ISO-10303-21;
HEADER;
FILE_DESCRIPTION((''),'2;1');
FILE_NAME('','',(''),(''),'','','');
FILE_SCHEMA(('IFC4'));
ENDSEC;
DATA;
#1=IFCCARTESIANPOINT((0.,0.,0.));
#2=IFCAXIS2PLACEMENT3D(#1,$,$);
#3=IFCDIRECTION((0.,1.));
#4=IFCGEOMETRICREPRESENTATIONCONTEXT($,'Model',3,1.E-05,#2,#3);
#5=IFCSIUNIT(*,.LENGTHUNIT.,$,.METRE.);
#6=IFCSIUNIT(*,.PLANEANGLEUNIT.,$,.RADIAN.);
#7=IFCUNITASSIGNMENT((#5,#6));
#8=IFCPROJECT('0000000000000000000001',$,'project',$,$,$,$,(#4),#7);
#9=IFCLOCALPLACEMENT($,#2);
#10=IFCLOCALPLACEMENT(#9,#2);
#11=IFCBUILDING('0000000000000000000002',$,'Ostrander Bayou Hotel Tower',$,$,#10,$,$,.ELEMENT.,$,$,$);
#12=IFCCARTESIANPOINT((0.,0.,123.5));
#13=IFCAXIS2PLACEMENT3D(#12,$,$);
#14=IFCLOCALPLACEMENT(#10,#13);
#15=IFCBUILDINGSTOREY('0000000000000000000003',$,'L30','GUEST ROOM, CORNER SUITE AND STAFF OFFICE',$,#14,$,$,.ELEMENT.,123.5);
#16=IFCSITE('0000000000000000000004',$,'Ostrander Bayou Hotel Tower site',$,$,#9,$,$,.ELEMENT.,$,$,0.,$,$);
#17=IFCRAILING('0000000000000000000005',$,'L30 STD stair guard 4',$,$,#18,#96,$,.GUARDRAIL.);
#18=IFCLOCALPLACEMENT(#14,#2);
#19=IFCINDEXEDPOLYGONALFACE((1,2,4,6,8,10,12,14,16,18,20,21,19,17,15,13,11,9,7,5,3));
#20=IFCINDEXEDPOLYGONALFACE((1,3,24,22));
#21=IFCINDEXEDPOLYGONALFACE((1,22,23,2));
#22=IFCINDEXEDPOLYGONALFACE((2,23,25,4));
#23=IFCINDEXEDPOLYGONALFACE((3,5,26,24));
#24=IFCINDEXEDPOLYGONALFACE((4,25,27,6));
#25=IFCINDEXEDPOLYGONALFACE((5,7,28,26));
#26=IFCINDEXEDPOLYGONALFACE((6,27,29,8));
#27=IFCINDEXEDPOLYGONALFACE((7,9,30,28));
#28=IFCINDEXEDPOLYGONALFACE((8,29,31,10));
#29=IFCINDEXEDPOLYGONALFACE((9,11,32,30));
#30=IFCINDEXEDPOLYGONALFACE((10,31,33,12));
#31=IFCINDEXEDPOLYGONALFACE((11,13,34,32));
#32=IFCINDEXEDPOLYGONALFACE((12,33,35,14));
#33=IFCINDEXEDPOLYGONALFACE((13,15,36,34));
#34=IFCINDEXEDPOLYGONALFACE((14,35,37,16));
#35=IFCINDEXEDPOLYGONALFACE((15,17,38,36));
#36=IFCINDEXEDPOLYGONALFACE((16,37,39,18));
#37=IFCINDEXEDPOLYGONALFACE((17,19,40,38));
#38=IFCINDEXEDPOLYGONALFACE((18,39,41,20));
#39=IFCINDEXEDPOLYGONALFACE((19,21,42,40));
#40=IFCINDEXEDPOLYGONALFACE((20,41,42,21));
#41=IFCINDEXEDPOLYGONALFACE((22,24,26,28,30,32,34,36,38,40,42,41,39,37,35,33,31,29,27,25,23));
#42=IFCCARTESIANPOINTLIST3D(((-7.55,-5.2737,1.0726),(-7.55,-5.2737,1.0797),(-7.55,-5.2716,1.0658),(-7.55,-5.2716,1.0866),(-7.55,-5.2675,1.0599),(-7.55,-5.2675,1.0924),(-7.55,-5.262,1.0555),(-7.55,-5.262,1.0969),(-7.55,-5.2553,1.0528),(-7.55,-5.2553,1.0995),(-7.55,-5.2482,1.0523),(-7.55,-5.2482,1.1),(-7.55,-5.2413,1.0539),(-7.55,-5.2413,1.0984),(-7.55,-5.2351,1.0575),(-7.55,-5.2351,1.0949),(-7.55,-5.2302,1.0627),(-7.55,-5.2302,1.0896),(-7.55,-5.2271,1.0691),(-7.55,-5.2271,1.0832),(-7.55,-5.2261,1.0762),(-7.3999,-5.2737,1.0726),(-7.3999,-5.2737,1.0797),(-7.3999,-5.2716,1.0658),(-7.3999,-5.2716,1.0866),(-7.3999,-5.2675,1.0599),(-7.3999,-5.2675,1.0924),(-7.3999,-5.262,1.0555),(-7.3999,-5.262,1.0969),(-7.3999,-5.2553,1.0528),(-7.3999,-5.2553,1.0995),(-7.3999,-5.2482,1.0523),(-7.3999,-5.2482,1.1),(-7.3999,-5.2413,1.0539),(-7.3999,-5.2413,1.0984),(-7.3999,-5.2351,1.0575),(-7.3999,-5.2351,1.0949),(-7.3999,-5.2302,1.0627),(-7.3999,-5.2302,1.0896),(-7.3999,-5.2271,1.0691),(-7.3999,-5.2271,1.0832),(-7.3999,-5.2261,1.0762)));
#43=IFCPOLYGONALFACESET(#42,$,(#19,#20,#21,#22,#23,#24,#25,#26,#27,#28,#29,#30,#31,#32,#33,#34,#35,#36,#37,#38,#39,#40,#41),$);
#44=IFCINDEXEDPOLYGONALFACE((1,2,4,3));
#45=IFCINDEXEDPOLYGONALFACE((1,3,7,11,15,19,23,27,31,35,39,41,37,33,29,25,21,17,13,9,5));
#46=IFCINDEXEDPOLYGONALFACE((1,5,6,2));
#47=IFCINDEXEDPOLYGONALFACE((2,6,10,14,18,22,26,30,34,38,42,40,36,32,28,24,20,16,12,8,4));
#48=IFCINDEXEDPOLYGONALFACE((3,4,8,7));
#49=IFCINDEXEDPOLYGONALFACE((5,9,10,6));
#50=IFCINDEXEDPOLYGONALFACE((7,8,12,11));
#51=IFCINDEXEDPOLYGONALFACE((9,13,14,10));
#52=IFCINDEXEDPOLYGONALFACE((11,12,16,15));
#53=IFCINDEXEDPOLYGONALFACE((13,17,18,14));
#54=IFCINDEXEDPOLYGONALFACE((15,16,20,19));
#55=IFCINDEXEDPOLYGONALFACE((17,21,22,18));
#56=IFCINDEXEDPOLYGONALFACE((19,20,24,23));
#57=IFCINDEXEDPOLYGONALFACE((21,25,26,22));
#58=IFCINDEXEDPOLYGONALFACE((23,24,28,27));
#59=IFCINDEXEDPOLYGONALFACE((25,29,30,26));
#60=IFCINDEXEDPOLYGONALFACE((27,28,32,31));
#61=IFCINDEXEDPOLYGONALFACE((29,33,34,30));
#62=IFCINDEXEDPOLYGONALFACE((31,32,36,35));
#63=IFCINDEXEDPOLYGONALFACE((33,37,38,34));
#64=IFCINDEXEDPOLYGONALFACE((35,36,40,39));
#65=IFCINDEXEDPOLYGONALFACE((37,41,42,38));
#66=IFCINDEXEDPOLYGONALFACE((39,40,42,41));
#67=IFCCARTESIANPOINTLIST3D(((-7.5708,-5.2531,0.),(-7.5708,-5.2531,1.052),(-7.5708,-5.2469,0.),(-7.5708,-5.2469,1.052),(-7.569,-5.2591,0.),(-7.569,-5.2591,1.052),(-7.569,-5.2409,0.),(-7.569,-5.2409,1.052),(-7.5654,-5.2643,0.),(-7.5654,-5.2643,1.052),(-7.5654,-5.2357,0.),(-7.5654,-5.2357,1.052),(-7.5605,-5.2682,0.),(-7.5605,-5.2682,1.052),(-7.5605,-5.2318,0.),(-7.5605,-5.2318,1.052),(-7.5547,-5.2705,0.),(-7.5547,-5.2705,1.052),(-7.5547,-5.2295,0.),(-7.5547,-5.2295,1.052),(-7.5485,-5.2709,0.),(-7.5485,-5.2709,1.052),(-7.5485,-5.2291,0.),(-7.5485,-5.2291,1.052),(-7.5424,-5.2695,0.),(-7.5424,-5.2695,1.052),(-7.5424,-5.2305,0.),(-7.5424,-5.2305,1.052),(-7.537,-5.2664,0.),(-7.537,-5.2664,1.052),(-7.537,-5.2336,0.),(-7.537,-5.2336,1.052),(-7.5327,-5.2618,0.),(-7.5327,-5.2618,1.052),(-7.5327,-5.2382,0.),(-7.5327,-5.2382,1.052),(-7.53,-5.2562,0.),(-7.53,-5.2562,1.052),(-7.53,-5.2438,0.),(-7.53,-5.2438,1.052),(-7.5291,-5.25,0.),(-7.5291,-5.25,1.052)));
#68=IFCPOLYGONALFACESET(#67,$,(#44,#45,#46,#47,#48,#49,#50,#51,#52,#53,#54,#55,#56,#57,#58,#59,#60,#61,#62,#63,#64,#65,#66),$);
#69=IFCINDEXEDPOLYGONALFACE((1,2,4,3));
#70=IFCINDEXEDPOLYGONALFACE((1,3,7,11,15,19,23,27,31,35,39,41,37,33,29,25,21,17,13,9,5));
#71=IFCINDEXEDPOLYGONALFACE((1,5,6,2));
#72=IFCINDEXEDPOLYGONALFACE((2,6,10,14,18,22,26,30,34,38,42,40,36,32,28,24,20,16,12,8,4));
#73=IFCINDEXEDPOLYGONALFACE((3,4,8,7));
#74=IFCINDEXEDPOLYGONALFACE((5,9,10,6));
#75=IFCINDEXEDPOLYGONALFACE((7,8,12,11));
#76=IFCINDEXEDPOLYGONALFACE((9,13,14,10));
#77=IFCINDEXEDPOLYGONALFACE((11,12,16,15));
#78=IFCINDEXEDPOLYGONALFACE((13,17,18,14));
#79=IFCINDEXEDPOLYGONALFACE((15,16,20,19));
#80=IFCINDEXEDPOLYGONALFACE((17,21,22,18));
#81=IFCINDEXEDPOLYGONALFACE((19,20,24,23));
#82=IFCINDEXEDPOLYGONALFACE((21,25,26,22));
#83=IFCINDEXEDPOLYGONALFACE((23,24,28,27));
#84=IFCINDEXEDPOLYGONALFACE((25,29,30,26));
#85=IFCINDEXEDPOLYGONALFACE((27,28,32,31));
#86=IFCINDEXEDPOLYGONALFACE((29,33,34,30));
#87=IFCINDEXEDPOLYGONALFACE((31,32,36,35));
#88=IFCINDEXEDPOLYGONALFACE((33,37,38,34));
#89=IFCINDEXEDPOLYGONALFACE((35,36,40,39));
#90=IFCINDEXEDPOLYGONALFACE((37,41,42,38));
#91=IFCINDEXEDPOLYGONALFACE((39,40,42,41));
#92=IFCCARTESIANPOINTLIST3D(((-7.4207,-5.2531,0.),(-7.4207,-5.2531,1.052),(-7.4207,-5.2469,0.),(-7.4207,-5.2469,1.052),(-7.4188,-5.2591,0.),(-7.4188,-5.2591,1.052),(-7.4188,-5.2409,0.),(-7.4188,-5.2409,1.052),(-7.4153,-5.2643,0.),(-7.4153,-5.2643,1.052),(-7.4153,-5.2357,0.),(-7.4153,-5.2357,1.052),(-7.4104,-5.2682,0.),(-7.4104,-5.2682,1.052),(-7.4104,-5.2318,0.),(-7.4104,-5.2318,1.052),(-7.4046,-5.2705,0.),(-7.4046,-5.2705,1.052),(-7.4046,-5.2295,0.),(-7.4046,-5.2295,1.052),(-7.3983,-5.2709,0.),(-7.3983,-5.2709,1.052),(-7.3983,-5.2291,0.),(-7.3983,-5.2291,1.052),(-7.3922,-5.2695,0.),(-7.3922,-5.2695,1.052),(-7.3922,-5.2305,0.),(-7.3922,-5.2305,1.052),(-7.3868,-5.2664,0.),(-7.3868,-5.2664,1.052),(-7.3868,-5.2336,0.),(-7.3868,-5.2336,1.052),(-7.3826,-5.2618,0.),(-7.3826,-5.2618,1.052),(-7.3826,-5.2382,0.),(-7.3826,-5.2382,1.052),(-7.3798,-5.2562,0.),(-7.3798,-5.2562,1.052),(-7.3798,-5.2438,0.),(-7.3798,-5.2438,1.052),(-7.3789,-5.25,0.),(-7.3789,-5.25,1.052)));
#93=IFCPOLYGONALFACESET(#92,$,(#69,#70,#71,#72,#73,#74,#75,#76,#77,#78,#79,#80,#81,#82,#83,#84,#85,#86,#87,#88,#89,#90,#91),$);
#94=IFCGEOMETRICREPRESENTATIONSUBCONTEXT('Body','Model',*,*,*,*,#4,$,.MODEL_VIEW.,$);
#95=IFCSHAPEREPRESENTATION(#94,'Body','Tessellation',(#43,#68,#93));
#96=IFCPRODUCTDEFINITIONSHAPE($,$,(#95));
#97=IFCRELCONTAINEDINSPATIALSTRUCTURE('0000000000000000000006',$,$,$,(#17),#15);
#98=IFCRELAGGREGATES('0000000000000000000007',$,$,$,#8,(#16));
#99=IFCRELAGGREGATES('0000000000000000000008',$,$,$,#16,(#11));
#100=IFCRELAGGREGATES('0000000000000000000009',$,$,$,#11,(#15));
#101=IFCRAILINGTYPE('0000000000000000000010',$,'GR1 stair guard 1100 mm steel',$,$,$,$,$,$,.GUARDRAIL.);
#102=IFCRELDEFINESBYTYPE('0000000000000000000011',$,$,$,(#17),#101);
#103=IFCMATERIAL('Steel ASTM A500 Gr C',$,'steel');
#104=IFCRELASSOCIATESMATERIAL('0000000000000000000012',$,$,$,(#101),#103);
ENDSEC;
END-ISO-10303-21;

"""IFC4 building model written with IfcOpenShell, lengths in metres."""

from ifc_helpers import new_model, si_unit, direction, frame, origin, origin_2d, place, context, subcontext, project, spatial, circle, extrude, material, type_object, element, save


model = new_model("IFC4")

# Units and contexts
model_context = context("Model", 3, precision=1e-05, world=origin(), true_north=direction((0.0, 1.0)))
body_context = subcontext(model_context, "Body", "Model", "MODEL_VIEW")
ifc_project = project(units=[si_unit("LENGTHUNIT", "METRE"), si_unit("PLANEANGLEUNIT", "RADIAN")], contexts=[model_context])

# Site, building, storey
site_placement = place(None, origin())
site = spatial("IfcSite", under=ifc_project, at=site_placement, Name="Ostrander Bayou Hotel Tower site", CompositionType="ELEMENT", RefElevation=0.0)
building_placement = place(site_placement, origin())
building = spatial("IfcBuilding", under=site, at=building_placement, Name="Ostrander Bayou Hotel Tower", CompositionType="ELEMENT")
storey_placement = place(building_placement, frame((0.0, 0.0, 123.5)))
storey = spatial("IfcBuildingStorey", under=building, at=storey_placement, Name="L30", Description="GUEST ROOM, CORNER SUITE AND STAFF OFFICE", CompositionType="ELEMENT", Elevation=123.5)

# Railing
ifc_material_1 = material(Name="Steel ASTM A500 Gr C", Category="steel")
railing_type_1 = type_object("IfcRailingType", Name="GR1 stair guard 1100 mm steel", PredefinedType="GUARDRAIL", material=ifc_material_1)
railing_1_placement = place(storey_placement, frame((-7.55, -5.25, 0.0)))
element("IfcRailing", 1, at=railing_1_placement, inside=storey, type_object=railing_type_1, Name="L30 STD stair guard 4", PredefinedType="GUARDRAIL", context=body_context, shape_type="SweptSolid", body=[
    extrude(circle(Radius=0.0239, at=origin_2d()), frame((0.0, 0.0, 1.0762), z_axis=(1.0, 0.0, 0.0), x_axis=(0.0, 1.0, 0.0)), (0.0, 0.0, 1.0), 0.1501),
    extrude(circle(Radius=0.021, at=origin_2d()), origin(), (0.0, 0.0, 1.0), 1.052),
    extrude(circle(Radius=0.021, at=origin_2d()), frame((0.1501, 0.0, 0.0)), (0.0, 0.0, 1.0), 1.052),
])

save(model, "model.ifc")
